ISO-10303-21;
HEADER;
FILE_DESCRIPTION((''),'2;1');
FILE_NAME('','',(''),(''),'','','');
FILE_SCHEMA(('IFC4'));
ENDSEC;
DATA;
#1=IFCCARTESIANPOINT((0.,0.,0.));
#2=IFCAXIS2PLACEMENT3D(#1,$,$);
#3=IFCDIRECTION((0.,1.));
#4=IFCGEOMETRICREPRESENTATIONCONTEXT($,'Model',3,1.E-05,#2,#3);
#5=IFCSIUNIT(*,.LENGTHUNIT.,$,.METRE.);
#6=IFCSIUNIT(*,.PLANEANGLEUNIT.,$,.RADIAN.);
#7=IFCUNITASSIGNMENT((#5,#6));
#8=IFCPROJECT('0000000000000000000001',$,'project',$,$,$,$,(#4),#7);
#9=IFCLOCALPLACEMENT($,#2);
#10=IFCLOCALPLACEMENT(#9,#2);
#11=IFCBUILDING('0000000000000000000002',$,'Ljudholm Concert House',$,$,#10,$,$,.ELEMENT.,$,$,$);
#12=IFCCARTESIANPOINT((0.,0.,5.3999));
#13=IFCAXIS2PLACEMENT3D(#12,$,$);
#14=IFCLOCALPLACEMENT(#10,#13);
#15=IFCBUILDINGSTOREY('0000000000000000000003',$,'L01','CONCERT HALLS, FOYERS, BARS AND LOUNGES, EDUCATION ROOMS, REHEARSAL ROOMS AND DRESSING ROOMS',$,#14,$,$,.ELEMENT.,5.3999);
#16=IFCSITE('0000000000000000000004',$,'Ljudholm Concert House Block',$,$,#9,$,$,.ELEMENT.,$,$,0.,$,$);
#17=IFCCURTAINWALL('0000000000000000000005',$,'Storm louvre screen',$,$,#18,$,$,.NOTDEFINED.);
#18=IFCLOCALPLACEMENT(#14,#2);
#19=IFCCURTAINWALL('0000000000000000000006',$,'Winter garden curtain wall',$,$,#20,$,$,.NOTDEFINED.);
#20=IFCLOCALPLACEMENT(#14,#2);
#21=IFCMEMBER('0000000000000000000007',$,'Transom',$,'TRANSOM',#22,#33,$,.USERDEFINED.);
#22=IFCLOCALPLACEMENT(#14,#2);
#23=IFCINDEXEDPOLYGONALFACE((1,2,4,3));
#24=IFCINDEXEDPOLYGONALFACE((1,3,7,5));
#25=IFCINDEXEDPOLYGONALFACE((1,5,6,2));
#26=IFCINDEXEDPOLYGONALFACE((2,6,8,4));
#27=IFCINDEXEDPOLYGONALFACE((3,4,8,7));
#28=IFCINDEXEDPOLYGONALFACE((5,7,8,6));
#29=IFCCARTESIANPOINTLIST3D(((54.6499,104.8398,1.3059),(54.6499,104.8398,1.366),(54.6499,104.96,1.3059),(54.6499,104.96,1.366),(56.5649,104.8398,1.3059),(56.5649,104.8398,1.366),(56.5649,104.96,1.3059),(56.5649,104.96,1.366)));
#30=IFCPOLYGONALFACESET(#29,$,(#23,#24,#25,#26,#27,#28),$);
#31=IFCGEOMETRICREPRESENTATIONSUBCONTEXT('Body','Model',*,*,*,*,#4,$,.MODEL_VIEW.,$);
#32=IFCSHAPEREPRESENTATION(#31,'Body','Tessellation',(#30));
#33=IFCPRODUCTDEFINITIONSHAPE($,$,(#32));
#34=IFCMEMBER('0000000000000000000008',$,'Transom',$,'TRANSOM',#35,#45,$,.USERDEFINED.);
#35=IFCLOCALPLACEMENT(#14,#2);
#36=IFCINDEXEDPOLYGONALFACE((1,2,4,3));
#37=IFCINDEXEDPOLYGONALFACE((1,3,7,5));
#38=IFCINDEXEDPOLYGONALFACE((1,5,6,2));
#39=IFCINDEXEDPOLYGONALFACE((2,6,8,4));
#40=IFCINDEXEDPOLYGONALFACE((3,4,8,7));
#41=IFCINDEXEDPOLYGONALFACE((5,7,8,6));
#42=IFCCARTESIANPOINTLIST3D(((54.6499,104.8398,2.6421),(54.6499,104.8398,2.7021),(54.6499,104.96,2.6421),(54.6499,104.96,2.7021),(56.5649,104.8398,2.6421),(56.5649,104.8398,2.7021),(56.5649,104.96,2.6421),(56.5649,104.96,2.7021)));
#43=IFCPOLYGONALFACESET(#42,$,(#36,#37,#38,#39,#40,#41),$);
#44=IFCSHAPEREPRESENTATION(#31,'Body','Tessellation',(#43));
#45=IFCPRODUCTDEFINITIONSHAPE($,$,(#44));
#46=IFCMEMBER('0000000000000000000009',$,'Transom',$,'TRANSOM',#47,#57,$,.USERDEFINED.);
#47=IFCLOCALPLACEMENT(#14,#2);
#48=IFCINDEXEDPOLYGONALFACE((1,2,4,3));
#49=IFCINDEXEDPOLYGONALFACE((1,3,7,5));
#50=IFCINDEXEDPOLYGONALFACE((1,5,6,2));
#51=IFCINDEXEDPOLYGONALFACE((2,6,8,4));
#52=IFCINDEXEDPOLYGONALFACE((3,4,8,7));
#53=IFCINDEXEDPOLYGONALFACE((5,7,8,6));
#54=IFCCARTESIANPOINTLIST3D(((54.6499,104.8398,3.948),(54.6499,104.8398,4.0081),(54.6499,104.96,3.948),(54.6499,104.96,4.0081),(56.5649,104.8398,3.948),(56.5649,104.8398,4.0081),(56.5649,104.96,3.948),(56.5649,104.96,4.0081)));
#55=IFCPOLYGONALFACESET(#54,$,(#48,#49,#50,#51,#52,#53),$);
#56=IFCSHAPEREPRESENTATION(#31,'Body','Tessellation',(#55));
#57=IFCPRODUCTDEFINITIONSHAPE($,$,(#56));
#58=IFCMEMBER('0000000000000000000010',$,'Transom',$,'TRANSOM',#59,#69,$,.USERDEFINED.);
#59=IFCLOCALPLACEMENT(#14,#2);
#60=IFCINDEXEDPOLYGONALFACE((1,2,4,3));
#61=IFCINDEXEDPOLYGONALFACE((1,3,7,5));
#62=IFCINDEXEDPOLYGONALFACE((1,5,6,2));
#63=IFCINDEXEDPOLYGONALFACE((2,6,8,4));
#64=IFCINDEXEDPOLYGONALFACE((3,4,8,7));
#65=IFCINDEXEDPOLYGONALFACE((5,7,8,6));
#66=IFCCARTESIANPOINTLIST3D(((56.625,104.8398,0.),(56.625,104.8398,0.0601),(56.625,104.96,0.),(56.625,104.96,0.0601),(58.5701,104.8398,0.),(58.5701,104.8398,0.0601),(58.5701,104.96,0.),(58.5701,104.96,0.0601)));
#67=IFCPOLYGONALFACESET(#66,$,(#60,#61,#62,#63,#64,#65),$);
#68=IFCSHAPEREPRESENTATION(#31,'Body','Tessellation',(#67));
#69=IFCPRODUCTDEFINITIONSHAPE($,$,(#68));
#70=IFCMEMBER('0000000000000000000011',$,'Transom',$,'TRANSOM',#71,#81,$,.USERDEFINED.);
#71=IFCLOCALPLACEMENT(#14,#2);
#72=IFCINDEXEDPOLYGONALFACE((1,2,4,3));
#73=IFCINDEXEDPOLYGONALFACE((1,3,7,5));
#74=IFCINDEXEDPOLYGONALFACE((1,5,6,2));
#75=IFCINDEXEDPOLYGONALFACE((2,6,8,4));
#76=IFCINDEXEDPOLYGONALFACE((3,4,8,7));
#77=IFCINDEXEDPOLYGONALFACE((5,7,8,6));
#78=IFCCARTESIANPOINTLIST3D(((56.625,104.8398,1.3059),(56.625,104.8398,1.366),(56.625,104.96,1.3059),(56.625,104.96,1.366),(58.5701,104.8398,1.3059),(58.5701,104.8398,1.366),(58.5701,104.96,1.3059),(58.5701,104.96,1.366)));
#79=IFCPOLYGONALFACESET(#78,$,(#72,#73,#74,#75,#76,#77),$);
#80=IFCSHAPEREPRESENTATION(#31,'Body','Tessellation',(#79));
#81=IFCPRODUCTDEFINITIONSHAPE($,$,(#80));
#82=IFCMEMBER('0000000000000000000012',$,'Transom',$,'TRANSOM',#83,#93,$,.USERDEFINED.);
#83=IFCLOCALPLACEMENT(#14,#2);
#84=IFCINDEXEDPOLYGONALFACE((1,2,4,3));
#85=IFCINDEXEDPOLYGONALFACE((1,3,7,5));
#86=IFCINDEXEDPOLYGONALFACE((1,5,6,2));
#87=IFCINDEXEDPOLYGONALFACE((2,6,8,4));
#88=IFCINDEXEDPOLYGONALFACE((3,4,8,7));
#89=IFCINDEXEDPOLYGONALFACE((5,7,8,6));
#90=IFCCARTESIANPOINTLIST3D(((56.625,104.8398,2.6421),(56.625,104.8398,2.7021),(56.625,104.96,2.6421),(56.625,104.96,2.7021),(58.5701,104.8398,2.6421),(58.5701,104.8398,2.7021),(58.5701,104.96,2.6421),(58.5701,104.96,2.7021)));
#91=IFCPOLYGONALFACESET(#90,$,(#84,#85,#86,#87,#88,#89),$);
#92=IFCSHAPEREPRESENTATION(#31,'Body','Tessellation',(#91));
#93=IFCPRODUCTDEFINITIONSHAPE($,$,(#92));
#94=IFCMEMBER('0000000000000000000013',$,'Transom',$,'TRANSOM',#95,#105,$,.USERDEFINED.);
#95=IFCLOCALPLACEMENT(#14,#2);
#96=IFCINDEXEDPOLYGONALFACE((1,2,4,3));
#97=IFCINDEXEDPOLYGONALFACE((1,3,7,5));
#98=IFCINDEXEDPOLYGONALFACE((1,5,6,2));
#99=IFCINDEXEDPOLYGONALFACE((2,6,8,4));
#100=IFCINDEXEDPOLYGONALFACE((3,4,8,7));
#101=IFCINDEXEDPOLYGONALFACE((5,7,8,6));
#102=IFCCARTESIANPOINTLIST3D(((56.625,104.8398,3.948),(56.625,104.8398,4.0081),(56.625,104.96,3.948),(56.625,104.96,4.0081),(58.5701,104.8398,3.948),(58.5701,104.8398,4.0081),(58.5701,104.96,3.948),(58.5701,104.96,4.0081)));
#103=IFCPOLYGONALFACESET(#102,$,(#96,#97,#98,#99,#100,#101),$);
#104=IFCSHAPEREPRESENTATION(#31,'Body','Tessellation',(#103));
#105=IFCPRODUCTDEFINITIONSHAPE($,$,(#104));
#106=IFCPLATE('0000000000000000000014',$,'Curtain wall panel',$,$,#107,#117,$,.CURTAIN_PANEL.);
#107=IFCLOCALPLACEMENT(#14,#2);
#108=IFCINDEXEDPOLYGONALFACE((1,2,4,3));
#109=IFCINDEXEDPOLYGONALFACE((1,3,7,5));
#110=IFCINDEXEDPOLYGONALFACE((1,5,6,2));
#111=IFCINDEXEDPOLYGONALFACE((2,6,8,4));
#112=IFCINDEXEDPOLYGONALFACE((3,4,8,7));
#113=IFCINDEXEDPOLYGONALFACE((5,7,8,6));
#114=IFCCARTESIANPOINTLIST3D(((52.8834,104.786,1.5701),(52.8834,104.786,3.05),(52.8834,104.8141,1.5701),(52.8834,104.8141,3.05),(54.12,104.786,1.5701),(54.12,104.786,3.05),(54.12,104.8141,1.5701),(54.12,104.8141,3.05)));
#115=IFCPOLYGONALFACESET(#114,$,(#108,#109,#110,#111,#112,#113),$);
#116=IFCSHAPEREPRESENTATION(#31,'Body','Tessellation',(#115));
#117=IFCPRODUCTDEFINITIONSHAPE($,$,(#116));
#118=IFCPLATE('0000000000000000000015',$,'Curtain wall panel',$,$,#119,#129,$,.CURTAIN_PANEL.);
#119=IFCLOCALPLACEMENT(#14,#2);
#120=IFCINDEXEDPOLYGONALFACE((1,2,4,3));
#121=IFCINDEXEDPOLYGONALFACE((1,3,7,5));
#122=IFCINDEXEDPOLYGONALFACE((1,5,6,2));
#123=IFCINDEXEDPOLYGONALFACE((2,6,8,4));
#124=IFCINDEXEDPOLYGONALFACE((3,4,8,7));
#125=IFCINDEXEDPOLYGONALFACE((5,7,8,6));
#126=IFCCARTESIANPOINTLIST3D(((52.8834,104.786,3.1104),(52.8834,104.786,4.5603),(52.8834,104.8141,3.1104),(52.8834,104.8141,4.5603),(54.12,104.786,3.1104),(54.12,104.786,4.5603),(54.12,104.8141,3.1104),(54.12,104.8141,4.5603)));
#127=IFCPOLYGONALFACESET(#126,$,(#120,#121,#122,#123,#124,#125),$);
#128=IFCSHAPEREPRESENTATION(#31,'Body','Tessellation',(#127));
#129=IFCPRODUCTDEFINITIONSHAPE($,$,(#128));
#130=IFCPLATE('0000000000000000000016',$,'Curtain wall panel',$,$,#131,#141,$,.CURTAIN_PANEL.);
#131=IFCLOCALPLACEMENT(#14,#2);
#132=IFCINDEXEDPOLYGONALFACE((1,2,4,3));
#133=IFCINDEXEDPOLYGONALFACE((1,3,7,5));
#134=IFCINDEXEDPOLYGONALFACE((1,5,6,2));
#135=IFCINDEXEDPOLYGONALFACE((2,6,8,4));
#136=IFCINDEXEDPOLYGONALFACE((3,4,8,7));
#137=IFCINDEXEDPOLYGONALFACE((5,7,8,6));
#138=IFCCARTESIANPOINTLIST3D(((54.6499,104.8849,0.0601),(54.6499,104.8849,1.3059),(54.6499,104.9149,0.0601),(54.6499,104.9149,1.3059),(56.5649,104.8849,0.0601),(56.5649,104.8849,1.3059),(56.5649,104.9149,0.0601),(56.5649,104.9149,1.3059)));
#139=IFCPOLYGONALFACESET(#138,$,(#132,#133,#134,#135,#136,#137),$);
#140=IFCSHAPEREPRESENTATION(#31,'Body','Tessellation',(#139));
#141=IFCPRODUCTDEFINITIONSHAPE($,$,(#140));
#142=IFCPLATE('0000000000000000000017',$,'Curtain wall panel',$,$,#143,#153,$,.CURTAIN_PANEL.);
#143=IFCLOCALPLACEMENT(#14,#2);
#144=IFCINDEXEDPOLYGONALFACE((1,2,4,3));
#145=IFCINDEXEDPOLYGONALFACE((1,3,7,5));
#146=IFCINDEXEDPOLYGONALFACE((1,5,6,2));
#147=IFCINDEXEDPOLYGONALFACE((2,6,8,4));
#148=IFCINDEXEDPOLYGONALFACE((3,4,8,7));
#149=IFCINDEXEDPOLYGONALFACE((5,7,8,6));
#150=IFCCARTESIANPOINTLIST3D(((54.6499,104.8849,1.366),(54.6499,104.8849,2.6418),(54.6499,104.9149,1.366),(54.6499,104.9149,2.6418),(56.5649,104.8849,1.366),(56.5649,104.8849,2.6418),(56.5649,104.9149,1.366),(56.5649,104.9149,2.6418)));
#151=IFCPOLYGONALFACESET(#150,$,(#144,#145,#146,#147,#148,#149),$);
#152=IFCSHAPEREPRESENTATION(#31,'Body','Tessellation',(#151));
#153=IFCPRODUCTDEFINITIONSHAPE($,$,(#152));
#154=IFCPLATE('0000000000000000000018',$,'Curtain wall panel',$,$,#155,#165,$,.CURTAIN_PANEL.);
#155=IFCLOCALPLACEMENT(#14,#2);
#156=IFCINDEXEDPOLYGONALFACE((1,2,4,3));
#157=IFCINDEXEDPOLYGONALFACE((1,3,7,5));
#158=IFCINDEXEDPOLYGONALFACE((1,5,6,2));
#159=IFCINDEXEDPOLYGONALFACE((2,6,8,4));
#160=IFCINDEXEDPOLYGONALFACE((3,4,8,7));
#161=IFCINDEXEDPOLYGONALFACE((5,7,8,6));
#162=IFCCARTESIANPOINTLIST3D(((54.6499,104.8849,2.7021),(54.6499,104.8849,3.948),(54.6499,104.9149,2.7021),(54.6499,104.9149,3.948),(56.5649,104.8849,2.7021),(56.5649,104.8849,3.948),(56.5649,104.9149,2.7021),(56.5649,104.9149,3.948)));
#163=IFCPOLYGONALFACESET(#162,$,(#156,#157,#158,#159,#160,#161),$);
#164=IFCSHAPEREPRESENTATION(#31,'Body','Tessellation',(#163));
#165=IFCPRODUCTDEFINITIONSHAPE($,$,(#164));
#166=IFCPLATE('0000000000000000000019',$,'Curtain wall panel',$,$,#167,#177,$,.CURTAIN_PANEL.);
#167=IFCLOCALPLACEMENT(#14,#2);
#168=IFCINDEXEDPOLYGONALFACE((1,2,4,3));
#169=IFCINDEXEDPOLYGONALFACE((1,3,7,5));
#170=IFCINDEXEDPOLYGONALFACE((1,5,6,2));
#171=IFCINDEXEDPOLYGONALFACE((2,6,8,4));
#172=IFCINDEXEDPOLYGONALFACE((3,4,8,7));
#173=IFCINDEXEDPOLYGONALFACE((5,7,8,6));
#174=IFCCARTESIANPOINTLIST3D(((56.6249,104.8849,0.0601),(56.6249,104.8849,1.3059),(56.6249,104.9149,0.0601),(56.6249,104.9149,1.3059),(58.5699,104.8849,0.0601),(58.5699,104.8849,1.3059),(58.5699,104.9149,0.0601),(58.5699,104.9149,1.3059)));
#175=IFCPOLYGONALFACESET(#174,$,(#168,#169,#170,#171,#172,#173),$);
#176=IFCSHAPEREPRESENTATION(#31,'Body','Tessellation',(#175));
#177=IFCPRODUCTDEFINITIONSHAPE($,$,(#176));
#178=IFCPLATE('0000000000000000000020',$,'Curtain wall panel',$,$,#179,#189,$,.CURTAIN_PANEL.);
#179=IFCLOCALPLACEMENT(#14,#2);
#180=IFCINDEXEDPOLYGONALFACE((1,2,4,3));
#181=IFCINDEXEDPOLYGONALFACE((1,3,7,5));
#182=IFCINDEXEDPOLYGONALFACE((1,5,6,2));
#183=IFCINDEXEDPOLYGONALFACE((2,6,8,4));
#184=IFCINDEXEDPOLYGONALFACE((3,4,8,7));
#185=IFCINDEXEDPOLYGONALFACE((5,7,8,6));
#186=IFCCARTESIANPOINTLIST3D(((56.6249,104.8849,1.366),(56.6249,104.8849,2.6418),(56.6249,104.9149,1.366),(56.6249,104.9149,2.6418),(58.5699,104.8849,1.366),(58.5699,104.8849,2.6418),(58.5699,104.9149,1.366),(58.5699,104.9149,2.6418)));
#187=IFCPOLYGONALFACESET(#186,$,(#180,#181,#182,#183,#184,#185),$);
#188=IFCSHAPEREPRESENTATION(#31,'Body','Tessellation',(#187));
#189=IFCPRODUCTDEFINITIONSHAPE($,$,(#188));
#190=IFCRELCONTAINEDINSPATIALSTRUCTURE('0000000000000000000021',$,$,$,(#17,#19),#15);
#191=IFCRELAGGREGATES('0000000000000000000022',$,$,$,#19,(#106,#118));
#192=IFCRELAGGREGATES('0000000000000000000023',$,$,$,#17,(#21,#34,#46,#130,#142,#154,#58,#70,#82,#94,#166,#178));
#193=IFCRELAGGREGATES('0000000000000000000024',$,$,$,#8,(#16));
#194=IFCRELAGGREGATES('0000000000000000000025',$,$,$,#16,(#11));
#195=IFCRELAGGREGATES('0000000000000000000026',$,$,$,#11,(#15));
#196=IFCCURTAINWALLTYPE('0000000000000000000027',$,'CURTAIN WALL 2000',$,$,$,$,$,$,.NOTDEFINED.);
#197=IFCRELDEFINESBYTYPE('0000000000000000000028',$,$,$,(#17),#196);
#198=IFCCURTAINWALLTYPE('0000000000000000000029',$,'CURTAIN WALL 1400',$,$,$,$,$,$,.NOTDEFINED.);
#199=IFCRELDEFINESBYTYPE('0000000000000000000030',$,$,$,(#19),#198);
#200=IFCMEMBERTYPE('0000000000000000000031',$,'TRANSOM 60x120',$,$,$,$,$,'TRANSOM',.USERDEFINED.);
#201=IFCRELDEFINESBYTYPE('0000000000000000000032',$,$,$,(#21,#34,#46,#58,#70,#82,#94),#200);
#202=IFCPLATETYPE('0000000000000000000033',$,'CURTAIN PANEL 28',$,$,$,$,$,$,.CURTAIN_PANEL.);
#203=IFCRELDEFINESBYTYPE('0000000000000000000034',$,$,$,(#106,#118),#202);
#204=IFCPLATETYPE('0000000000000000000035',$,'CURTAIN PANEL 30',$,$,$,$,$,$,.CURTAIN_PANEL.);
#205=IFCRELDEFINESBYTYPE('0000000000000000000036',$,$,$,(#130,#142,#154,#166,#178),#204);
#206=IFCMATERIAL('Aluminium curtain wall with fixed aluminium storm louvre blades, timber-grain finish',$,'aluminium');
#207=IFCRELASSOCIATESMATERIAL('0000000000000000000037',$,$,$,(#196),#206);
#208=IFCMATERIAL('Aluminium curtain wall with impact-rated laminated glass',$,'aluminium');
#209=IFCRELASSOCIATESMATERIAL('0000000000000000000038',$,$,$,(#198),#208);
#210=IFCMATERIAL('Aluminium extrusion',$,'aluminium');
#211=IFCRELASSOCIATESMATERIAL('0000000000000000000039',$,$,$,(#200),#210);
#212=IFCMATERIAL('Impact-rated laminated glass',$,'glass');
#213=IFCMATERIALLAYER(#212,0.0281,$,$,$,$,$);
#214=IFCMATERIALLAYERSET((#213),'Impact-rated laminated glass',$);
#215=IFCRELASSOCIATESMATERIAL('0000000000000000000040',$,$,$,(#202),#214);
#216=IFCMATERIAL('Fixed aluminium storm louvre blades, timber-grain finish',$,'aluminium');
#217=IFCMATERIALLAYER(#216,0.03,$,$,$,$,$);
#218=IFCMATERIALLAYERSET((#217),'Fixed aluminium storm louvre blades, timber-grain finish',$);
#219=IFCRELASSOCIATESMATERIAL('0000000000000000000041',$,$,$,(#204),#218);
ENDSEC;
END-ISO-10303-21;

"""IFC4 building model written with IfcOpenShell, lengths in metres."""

from ifc_helpers import new_model, si_unit, direction, frame, origin, origin_2d, place, context, subcontext, project, spatial, rectangle, extrude, material, layer, layer_set, material_profile, profile_set, type_object, element, aggregate, save


model = new_model("IFC4")

# Units and contexts
model_context = context("Model", 3, precision=1e-05, world=origin(), true_north=direction((0.0, 1.0)))
body_context = subcontext(model_context, "Body", "Model", "MODEL_VIEW")
ifc_project = project(units=[si_unit("LENGTHUNIT", "METRE"), si_unit("PLANEANGLEUNIT", "RADIAN")], contexts=[model_context])

# Site, building, storey
site_placement = place(None, origin())
site = spatial("IfcSite", under=ifc_project, at=site_placement, Name="Ljudholm Concert House Block", CompositionType="ELEMENT", RefElevation=0.0)
building_placement = place(site_placement, origin())
building = spatial("IfcBuilding", under=site, at=building_placement, Name="Ljudholm Concert House", CompositionType="ELEMENT")
storey_placement = place(building_placement, frame((0.0, 0.0, 5.3999)))
storey = spatial("IfcBuildingStorey", under=building, at=storey_placement, Name="L01", Description="CONCERT HALLS, FOYERS, BARS AND LOUNGES, EDUCATION ROOMS, REHEARSAL ROOMS AND DRESSING ROOMS", CompositionType="ELEMENT", Elevation=5.3999)

# Curtain wall
ifc_material_1 = material(Name="Aluminium curtain wall with fixed aluminium storm louvre blades, timber-grain finish", Category="aluminium")
curtain_wall_type_1 = type_object("IfcCurtainWallType", Name="CURTAIN WALL 2000", PredefinedType="NOTDEFINED", material=ifc_material_1)
curtain_wall_1_placement = place(storey_placement, origin())
curtain_wall_1 = element("IfcCurtainWall", 1, at=curtain_wall_1_placement, inside=storey, type_object=curtain_wall_type_1, Name="Storm louvre screen", PredefinedType="NOTDEFINED")

# Curtain wall
ifc_material_2 = material(Name="Aluminium curtain wall with impact-rated laminated glass", Category="aluminium")
curtain_wall_type_2 = type_object("IfcCurtainWallType", Name="CURTAIN WALL 1400", PredefinedType="NOTDEFINED", material=ifc_material_2)
curtain_wall_2_placement = place(storey_placement, origin())
curtain_wall_2 = element("IfcCurtainWall", 2, at=curtain_wall_2_placement, inside=storey, type_object=curtain_wall_type_2, Name="Winter garden curtain wall", PredefinedType="NOTDEFINED")

# Members
ifc_material_3 = material(Name="Aluminium extrusion", Category="aluminium")
ifc_material_profile_1 = material_profile(ifc_material_3, rectangle(XDim=0.1201, YDim=0.0601, at=origin_2d()), Name="TRANSOM 60x120")
ifc_profile_set_1 = profile_set([ifc_material_profile_1], Name="Aluminium extrusion")
member_type_1 = type_object("IfcMemberType", Name="TRANSOM 60x120", ElementType="TRANSOM", PredefinedType="USERDEFINED", material=ifc_profile_set_1)
member_1_placement = place(storey_placement, frame((54.6499, 104.8999, 1.3359), z_axis=(1.0, 0.0, 0.0), x_axis=(0.0, 1.0, 0.0)))
member_1 = element("IfcMember", 3, at=member_1_placement, type_object=member_type_1, Name="Transom", ObjectType="TRANSOM", PredefinedType="USERDEFINED", context=body_context, shape_type="SweptSolid", body=[
    extrude(rectangle(XDim=0.1201, YDim=0.0601, at=origin_2d()), origin(), (0.0, 0.0, 1.0), 1.915),
])
member_2_placement = place(storey_placement, frame((54.6499, 104.8999, 2.6721), z_axis=(1.0, 0.0, 0.0), x_axis=(0.0, 1.0, 0.0)))
member_2 = element("IfcMember", 4, at=member_2_placement, type_object=member_type_1, Name="Transom", ObjectType="TRANSOM", PredefinedType="USERDEFINED", context=body_context, shape_type="SweptSolid", body=[
    extrude(rectangle(XDim=0.1201, YDim=0.0601, at=origin_2d()), origin(), (0.0, 0.0, 1.0), 1.915),
])
member_3_placement = place(storey_placement, frame((54.6499, 104.8999, 3.978), z_axis=(1.0, 0.0, 0.0), x_axis=(0.0, 1.0, 0.0)))
member_3 = element("IfcMember", 5, at=member_3_placement, type_object=member_type_1, Name="Transom", ObjectType="TRANSOM", PredefinedType="USERDEFINED", context=body_context, shape_type="SweptSolid", body=[
    extrude(rectangle(XDim=0.1201, YDim=0.0601, at=origin_2d()), origin(), (0.0, 0.0, 1.0), 1.915),
])
member_4_placement = place(storey_placement, frame((56.625, 104.8999, 0.03), z_axis=(1.0, 0.0, 0.0), x_axis=(0.0, 1.0, 0.0)))
member_4 = element("IfcMember", 6, at=member_4_placement, type_object=member_type_1, Name="Transom", ObjectType="TRANSOM", PredefinedType="USERDEFINED", context=body_context, shape_type="SweptSolid", body=[
    extrude(rectangle(XDim=0.1201, YDim=0.0601, at=origin_2d()), origin(), (0.0, 0.0, 1.0), 1.9451),
])
member_5_placement = place(storey_placement, frame((56.625, 104.8999, 1.3359), z_axis=(1.0, 0.0, 0.0), x_axis=(0.0, 1.0, 0.0)))
member_5 = element("IfcMember", 7, at=member_5_placement, type_object=member_type_1, Name="Transom", ObjectType="TRANSOM", PredefinedType="USERDEFINED", context=body_context, shape_type="SweptSolid", body=[
    extrude(rectangle(XDim=0.1201, YDim=0.0601, at=origin_2d()), origin(), (0.0, 0.0, 1.0), 1.9451),
])
member_6_placement = place(storey_placement, frame((56.625, 104.8999, 2.6721), z_axis=(1.0, 0.0, 0.0), x_axis=(0.0, 1.0, 0.0)))
member_6 = element("IfcMember", 8, at=member_6_placement, type_object=member_type_1, Name="Transom", ObjectType="TRANSOM", PredefinedType="USERDEFINED", context=body_context, shape_type="SweptSolid", body=[
    extrude(rectangle(XDim=0.1201, YDim=0.0601, at=origin_2d()), origin(), (0.0, 0.0, 1.0), 1.9451),
])
member_7_placement = place(storey_placement, frame((56.625, 104.8999, 3.978), z_axis=(1.0, 0.0, 0.0), x_axis=(0.0, 1.0, 0.0)))
member_7 = element("IfcMember", 9, at=member_7_placement, type_object=member_type_1, Name="Transom", ObjectType="TRANSOM", PredefinedType="USERDEFINED", context=body_context, shape_type="SweptSolid", body=[
    extrude(rectangle(XDim=0.1201, YDim=0.0601, at=origin_2d()), origin(), (0.0, 0.0, 1.0), 1.9451),
])

# Plates
ifc_material_4 = material(Name="Impact-rated laminated glass", Category="glass")
ifc_layer_1 = layer(ifc_material_4, 0.0281)
ifc_layer_set_1 = layer_set([ifc_layer_1], Name="Impact-rated laminated glass")
plate_type_1 = type_object("IfcPlateType", Name="CURTAIN PANEL 28", PredefinedType="CURTAIN_PANEL", material=ifc_layer_set_1)
plate_1_placement = place(storey_placement, frame((53.5017, 104.8, 1.5701), z_axis=(0.0, 0.0, 1.0), x_axis=(1.0, 0.0, 0.0)))
plate_1 = element("IfcPlate", 10, at=plate_1_placement, type_object=plate_type_1, Name="Curtain wall panel", PredefinedType="CURTAIN_PANEL", context=body_context, shape_type="SweptSolid", body=[
    extrude(rectangle(XDim=1.2366, YDim=0.0281, at=origin_2d()), origin(), (0.0, 0.0, 1.0), 1.48),
])
plate_2_placement = place(storey_placement, frame((53.5017, 104.8, 3.1104), z_axis=(0.0, 0.0, 1.0), x_axis=(1.0, 0.0, 0.0)))
plate_2 = element("IfcPlate", 11, at=plate_2_placement, type_object=plate_type_1, Name="Curtain wall panel", PredefinedType="CURTAIN_PANEL", context=body_context, shape_type="SweptSolid", body=[
    extrude(rectangle(XDim=1.2366, YDim=0.0281, at=origin_2d()), origin(), (0.0, 0.0, 1.0), 1.45),
])
aggregate(curtain_wall_2, [plate_1, plate_2])
ifc_material_5 = material(Name="Fixed aluminium storm louvre blades, timber-grain finish", Category="aluminium")
ifc_layer_2 = layer(ifc_material_5, 0.03)
ifc_layer_set_2 = layer_set([ifc_layer_2], Name="Fixed aluminium storm louvre blades, timber-grain finish")
plate_type_2 = type_object("IfcPlateType", Name="CURTAIN PANEL 30", PredefinedType="CURTAIN_PANEL", material=ifc_layer_set_2)
plate_3_placement = place(storey_placement, frame((55.6074, 104.8999, 0.0601), z_axis=(0.0, 0.0, 1.0), x_axis=(1.0, 0.0, 0.0)))
plate_3 = element("IfcPlate", 12, at=plate_3_placement, type_object=plate_type_2, Name="Curtain wall panel", PredefinedType="CURTAIN_PANEL", context=body_context, shape_type="SweptSolid", body=[
    extrude(rectangle(XDim=1.915, YDim=0.03, at=origin_2d()), origin(), (0.0, 0.0, 1.0), 1.2458),
])
plate_4_placement = place(storey_placement, frame((55.6074, 104.8999, 1.366), z_axis=(0.0, 0.0, 1.0), x_axis=(1.0, 0.0, 0.0)))
plate_4 = element("IfcPlate", 13, at=plate_4_placement, type_object=plate_type_2, Name="Curtain wall panel", PredefinedType="CURTAIN_PANEL", context=body_context, shape_type="SweptSolid", body=[
    extrude(rectangle(XDim=1.915, YDim=0.03, at=origin_2d()), origin(), (0.0, 0.0, 1.0), 1.2759),
])
plate_5_placement = place(storey_placement, frame((55.6074, 104.8999, 2.7021), z_axis=(0.0, 0.0, 1.0), x_axis=(1.0, 0.0, 0.0)))
plate_5 = element("IfcPlate", 14, at=plate_5_placement, type_object=plate_type_2, Name="Curtain wall panel", PredefinedType="CURTAIN_PANEL", context=body_context, shape_type="SweptSolid", body=[
    extrude(rectangle(XDim=1.915, YDim=0.03, at=origin_2d()), origin(), (0.0, 0.0, 1.0), 1.2458),
])
plate_6_placement = place(storey_placement, frame((57.5974, 104.8999, 0.0601), z_axis=(0.0, 0.0, 1.0), x_axis=(1.0, 0.0, 0.0)))
plate_6 = element("IfcPlate", 15, at=plate_6_placement, type_object=plate_type_2, Name="Curtain wall panel", PredefinedType="CURTAIN_PANEL", context=body_context, shape_type="SweptSolid", body=[
    extrude(rectangle(XDim=1.9451, YDim=0.03, at=origin_2d()), origin(), (0.0, 0.0, 1.0), 1.2458),
])
plate_7_placement = place(storey_placement, frame((57.5974, 104.8999, 1.366), z_axis=(0.0, 0.0, 1.0), x_axis=(1.0, 0.0, 0.0)))
plate_7 = element("IfcPlate", 16, at=plate_7_placement, type_object=plate_type_2, Name="Curtain wall panel", PredefinedType="CURTAIN_PANEL", context=body_context, shape_type="SweptSolid", body=[
    extrude(rectangle(XDim=1.9451, YDim=0.03, at=origin_2d()), origin(), (0.0, 0.0, 1.0), 1.2759),
])
aggregate(curtain_wall_1, [member_1, member_2, member_3, plate_3, plate_4, plate_5, member_4, member_5, member_6, member_7, plate_6, plate_7])

save(model, "model.ifc")
